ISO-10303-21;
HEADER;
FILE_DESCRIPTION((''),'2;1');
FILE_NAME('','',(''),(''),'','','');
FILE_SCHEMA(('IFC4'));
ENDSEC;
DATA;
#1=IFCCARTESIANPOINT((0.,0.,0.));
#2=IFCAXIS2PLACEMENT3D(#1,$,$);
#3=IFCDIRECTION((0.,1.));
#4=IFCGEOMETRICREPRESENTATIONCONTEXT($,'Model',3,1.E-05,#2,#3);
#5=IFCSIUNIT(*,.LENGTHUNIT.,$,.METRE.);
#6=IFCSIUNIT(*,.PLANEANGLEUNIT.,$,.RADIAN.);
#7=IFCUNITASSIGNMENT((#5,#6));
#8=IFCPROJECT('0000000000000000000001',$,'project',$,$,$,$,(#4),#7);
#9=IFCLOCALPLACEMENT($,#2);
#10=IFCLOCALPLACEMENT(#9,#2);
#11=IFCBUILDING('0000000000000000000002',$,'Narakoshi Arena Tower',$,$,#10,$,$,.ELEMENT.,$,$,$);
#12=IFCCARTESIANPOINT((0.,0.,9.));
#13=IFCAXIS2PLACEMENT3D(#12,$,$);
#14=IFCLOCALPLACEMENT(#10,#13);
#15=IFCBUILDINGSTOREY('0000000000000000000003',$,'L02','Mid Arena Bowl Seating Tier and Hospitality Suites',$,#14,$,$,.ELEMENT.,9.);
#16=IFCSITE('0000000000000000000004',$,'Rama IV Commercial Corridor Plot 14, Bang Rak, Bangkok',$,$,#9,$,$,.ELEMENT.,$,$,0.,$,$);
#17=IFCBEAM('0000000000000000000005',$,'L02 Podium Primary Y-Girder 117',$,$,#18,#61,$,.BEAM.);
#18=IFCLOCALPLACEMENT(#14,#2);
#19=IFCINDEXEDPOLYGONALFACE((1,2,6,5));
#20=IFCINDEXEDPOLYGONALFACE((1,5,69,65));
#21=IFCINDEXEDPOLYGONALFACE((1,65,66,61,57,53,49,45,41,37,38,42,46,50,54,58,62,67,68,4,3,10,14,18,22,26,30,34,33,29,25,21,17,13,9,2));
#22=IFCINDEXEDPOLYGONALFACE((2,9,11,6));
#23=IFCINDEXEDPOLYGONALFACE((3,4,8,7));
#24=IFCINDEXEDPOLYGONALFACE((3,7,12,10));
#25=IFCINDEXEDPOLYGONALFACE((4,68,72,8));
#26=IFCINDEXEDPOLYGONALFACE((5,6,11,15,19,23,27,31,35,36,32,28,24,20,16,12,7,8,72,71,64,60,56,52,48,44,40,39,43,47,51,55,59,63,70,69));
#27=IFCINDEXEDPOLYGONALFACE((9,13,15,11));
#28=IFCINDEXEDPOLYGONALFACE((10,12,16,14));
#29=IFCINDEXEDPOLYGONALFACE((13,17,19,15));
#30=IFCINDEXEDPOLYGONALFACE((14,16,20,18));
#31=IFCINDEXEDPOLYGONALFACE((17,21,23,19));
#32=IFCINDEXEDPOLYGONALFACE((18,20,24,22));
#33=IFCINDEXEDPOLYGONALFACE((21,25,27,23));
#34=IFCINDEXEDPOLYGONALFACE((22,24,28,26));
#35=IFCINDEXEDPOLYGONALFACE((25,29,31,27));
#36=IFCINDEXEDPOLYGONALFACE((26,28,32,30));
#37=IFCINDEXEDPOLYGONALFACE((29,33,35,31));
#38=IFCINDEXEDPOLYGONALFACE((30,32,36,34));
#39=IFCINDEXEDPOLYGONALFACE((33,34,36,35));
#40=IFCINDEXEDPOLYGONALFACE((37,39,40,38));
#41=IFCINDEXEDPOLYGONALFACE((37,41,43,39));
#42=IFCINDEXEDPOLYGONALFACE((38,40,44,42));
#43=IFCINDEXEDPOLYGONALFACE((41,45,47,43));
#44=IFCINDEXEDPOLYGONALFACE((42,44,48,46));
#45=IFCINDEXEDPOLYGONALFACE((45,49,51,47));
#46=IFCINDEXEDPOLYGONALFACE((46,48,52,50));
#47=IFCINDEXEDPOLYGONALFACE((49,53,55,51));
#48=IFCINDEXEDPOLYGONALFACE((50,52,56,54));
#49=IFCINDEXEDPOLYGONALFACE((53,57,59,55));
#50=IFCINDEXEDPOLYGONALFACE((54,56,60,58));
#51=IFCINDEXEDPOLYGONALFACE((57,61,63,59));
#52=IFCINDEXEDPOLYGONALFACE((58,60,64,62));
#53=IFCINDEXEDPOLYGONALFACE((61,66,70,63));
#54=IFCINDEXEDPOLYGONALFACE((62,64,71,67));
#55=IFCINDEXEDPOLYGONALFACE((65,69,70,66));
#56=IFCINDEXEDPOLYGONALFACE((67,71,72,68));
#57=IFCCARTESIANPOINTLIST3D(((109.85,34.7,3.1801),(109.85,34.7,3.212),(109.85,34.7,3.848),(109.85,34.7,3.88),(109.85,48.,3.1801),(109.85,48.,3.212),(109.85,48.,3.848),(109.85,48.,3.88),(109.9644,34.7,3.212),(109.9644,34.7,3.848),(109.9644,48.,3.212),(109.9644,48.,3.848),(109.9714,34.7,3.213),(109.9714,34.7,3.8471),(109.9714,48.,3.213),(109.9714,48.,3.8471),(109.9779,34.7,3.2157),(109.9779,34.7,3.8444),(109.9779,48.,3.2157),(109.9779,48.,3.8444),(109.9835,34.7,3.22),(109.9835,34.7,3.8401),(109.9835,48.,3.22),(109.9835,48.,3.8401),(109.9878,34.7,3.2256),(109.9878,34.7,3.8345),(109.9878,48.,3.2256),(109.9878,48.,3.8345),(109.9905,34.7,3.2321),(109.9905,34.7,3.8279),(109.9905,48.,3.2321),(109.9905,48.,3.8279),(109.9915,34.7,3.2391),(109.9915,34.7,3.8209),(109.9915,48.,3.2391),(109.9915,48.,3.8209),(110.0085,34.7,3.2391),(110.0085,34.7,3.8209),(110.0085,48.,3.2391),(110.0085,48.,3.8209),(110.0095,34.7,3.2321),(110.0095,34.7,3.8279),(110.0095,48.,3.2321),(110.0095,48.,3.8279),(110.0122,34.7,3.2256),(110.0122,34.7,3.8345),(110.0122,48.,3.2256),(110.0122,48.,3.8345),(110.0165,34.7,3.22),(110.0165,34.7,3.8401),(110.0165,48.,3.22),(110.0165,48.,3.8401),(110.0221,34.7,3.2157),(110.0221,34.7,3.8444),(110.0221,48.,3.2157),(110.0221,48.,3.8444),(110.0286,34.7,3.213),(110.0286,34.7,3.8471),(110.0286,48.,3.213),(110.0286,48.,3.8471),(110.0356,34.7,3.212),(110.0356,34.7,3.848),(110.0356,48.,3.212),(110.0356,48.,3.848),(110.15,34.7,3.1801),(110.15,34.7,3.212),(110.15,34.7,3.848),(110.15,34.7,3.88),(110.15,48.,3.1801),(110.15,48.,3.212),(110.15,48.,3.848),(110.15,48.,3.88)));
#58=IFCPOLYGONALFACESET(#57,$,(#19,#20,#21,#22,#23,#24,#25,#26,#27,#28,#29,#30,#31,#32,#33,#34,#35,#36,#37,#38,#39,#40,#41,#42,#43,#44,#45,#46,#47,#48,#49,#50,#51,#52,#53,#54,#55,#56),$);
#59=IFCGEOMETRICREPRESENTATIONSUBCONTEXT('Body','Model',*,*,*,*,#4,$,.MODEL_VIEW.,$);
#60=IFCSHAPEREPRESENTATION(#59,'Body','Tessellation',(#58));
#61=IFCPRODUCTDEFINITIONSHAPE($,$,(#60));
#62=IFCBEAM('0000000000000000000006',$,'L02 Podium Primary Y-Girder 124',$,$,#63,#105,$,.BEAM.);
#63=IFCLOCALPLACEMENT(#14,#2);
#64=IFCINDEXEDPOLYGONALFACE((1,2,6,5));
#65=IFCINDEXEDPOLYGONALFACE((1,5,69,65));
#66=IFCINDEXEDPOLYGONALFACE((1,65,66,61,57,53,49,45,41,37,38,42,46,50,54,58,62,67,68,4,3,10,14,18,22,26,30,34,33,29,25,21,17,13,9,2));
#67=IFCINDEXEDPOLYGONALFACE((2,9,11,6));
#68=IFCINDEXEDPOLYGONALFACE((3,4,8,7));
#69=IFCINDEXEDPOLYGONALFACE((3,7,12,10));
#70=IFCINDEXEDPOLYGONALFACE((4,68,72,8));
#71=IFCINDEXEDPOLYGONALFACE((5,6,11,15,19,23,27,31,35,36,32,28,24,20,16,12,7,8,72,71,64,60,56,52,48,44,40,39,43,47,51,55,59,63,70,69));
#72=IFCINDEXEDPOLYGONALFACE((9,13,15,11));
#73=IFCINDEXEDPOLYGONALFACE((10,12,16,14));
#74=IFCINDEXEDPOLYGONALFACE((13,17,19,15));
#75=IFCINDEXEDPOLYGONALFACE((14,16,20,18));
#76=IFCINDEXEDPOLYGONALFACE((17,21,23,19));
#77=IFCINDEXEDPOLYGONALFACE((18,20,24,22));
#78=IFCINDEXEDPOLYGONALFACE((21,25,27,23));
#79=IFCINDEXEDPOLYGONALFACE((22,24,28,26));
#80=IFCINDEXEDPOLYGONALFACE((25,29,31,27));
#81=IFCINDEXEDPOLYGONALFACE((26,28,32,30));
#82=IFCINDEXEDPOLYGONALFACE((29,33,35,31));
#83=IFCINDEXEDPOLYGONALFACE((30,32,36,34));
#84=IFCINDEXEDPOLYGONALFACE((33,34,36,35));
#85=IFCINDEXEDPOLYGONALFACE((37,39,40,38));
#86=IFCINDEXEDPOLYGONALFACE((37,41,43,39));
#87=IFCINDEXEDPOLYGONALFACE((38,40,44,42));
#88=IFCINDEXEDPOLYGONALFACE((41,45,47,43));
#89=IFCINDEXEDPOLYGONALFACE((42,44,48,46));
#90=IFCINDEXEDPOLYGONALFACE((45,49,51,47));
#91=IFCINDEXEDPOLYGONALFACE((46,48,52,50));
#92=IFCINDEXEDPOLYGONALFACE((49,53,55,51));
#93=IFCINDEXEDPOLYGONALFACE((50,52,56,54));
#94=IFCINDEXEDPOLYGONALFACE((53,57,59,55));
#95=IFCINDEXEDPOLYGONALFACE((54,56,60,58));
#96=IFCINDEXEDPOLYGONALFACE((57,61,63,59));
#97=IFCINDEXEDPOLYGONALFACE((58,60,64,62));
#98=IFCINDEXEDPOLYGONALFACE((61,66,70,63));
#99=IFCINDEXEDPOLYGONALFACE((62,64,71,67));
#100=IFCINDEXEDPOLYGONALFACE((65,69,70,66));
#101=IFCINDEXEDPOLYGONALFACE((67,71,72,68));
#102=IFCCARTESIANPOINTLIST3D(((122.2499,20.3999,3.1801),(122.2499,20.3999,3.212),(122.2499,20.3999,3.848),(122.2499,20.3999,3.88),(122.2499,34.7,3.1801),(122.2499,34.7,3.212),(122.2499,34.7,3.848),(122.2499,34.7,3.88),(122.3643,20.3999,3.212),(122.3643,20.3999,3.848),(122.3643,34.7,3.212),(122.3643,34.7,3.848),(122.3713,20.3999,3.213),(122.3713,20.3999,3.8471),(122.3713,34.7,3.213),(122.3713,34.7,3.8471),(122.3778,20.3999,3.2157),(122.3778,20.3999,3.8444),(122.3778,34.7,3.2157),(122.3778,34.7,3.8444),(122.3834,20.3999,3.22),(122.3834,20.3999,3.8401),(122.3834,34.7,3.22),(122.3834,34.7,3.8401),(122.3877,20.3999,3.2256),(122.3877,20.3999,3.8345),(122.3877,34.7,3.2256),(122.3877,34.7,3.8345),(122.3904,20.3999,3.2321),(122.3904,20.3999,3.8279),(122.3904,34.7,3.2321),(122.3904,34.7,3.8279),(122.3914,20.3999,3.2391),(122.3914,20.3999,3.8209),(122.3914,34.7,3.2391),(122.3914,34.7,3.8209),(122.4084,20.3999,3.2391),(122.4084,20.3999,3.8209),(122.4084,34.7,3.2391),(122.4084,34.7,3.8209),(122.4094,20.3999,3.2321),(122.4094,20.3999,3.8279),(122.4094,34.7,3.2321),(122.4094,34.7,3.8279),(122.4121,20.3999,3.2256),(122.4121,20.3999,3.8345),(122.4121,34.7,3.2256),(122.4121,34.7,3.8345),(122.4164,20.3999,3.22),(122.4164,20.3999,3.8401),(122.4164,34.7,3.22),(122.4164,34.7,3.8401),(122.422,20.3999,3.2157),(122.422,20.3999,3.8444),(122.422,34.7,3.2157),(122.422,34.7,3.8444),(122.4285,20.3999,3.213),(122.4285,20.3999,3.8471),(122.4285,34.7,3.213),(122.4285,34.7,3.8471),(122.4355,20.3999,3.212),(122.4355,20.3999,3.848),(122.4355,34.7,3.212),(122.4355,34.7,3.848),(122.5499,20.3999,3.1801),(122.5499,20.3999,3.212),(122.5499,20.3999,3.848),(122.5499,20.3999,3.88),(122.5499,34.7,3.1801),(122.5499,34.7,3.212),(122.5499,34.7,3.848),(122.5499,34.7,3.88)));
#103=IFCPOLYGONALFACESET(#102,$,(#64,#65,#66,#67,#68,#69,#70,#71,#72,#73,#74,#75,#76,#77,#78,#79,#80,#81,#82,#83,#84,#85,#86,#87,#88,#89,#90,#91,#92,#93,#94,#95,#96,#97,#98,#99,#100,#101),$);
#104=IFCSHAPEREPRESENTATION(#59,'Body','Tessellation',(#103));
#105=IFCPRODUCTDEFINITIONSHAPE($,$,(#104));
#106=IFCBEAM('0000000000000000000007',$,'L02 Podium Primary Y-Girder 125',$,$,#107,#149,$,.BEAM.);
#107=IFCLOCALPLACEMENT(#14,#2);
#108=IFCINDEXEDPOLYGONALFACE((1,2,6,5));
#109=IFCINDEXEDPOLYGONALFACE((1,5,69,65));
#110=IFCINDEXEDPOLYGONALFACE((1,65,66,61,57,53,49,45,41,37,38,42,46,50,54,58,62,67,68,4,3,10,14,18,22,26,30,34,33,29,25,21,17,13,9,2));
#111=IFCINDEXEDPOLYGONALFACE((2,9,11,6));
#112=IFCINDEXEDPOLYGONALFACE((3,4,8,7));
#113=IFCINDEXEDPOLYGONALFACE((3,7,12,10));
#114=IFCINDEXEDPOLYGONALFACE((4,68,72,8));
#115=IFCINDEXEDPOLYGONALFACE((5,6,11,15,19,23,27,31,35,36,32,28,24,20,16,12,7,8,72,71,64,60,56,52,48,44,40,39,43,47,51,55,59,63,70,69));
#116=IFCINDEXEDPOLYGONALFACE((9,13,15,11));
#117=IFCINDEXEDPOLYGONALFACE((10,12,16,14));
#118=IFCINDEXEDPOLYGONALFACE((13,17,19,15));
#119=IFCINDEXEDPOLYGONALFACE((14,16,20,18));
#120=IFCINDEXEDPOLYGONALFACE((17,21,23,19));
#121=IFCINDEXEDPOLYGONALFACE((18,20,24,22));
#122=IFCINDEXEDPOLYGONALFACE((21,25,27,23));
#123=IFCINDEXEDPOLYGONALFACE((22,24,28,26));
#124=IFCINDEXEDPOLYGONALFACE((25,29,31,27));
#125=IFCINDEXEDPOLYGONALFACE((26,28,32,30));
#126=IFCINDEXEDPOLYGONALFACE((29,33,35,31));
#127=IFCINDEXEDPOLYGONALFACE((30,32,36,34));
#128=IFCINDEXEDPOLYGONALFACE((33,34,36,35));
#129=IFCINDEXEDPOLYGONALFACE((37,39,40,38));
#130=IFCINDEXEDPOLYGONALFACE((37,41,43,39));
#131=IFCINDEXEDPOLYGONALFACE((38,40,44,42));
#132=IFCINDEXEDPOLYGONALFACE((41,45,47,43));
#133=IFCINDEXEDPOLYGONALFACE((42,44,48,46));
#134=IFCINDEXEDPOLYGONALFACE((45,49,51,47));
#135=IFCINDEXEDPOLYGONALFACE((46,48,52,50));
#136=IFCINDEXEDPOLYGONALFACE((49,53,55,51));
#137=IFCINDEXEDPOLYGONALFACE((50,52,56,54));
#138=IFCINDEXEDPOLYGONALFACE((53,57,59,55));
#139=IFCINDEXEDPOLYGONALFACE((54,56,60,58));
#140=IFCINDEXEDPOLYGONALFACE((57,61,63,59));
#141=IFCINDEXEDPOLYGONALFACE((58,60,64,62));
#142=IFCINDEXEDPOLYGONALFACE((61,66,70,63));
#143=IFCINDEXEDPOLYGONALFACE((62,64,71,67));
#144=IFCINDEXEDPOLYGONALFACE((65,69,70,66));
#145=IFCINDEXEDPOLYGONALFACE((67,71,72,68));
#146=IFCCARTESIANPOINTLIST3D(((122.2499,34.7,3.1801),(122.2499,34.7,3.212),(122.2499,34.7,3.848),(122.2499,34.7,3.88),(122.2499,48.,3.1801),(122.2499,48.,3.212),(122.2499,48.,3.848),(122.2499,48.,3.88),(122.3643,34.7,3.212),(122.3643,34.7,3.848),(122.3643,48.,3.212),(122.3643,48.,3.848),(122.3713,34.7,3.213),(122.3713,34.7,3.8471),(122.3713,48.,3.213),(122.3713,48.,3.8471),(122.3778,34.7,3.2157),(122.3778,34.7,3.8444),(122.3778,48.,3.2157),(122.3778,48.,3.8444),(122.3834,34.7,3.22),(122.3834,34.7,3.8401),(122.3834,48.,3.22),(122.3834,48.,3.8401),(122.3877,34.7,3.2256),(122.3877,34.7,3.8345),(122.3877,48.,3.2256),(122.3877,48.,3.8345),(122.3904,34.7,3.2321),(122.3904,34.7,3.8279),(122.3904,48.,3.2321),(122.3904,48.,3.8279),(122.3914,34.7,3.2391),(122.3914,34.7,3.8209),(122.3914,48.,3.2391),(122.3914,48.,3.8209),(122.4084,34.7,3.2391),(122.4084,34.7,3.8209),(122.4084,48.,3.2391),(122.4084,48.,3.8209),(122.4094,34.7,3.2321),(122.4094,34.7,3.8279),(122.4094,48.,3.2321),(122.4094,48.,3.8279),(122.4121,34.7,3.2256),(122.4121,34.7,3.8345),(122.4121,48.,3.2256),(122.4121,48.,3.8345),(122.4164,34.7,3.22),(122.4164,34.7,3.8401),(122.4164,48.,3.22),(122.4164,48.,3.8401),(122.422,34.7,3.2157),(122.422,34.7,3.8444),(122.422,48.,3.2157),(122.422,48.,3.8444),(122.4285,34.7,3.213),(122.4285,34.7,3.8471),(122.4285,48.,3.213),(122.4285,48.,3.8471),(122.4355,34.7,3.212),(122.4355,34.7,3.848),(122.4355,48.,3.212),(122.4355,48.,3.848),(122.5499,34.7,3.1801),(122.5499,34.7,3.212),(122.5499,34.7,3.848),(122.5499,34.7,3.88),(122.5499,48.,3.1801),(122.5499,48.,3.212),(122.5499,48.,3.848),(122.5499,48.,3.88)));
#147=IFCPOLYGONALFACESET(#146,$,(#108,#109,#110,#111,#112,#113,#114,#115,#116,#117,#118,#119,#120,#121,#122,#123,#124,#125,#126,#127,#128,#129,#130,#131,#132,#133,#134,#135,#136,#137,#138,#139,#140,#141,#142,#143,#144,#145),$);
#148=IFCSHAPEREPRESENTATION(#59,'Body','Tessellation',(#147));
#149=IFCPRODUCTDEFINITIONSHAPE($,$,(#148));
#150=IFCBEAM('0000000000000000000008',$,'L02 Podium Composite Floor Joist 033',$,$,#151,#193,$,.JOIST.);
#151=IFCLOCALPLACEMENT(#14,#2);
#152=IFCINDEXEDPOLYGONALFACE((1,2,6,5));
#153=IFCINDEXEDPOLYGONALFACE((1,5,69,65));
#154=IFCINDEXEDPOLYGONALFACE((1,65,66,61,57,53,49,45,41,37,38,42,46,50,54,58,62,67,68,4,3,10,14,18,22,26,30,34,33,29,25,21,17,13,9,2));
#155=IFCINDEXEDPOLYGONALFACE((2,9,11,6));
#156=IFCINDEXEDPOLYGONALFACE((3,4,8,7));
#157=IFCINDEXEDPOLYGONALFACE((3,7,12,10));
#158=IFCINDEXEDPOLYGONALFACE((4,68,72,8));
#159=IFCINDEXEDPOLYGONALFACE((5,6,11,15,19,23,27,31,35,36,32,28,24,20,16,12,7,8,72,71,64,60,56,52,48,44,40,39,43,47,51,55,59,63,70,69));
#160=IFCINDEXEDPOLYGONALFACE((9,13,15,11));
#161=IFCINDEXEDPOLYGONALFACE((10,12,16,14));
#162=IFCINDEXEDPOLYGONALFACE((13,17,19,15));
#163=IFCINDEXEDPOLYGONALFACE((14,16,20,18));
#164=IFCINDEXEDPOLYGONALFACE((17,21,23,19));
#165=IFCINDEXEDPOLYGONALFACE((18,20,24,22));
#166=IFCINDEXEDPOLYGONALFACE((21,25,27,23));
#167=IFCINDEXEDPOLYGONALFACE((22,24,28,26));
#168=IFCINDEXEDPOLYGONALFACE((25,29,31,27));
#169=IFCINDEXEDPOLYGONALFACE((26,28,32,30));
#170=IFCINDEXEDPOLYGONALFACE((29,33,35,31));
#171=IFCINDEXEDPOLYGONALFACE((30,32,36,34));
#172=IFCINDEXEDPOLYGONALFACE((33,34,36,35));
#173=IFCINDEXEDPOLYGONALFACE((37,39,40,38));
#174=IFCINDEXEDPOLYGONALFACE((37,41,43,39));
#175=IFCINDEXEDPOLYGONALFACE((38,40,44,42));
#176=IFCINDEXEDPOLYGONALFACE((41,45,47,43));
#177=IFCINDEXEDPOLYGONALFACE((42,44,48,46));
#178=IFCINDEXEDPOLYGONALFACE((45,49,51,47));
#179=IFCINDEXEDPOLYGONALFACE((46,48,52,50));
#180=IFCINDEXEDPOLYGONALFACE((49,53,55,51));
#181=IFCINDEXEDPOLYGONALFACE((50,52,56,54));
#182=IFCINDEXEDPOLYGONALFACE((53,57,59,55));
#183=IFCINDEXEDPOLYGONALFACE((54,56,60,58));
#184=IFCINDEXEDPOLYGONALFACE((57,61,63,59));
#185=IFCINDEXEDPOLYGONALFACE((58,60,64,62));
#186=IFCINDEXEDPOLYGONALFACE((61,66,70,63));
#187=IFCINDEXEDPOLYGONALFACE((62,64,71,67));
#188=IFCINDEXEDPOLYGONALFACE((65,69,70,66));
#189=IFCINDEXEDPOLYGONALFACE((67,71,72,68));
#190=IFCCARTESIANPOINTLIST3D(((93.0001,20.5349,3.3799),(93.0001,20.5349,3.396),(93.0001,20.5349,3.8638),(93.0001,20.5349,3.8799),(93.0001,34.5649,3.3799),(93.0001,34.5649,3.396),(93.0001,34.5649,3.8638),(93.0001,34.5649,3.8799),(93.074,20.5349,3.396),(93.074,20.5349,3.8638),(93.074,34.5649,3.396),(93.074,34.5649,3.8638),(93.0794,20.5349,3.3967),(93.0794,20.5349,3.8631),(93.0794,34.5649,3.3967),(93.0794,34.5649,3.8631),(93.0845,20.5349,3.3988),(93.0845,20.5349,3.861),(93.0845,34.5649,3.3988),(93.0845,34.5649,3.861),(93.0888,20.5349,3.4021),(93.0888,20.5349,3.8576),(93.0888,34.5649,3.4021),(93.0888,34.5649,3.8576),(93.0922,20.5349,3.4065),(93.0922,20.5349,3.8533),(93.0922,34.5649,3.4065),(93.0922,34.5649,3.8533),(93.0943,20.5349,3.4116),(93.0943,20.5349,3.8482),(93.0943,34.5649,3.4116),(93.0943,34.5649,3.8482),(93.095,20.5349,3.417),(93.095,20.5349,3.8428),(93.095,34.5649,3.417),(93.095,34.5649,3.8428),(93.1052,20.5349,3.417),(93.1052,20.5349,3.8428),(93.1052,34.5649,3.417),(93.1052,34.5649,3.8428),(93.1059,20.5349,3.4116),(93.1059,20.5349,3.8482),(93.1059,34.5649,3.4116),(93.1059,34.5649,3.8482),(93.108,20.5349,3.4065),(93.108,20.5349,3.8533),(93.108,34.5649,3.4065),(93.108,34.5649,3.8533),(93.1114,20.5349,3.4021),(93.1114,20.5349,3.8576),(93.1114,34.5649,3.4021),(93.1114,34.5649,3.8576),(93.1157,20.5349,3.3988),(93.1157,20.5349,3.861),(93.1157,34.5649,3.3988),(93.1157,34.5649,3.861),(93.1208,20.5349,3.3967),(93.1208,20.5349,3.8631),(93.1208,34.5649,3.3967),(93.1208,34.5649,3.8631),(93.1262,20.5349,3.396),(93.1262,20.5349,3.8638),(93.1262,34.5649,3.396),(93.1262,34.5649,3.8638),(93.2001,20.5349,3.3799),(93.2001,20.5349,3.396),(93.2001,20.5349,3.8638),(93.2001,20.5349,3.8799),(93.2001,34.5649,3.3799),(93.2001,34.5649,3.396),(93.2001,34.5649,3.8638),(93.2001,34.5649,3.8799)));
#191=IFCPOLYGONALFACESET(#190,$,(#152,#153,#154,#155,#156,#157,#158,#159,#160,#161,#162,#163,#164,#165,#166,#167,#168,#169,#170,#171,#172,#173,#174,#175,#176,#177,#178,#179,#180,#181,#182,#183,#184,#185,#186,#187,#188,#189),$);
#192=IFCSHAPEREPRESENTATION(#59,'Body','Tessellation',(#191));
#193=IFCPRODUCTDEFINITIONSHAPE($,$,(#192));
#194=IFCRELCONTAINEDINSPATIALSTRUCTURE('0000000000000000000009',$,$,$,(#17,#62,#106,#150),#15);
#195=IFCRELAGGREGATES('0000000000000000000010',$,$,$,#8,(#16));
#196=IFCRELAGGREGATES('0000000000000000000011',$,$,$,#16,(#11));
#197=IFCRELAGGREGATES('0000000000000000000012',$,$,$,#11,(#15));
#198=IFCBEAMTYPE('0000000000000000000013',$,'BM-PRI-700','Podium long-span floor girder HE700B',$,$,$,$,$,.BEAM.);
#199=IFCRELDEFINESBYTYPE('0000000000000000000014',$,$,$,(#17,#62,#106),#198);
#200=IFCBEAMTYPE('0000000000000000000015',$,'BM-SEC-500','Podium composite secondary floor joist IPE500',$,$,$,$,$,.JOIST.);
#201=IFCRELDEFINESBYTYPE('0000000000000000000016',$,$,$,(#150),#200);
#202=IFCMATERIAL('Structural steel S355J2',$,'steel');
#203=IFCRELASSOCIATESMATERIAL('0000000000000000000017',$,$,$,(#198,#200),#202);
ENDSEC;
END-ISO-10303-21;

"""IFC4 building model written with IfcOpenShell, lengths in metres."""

from ifc_helpers import new_model, si_unit, direction, frame, origin, origin_2d, place, context, subcontext, project, spatial, i_section, extrude, material, material_profile, profile_set, type_object, element, save


model = new_model("IFC4")

# Units and contexts
model_context = context("Model", 3, precision=1e-05, world=origin(), true_north=direction((0.0, 1.0)))
body_context = subcontext(model_context, "Body", "Model", "MODEL_VIEW")
ifc_project = project(units=[si_unit("LENGTHUNIT", "METRE"), si_unit("PLANEANGLEUNIT", "RADIAN")], contexts=[model_context])

# Site, building, storey
site_placement = place(None, origin())
site = spatial("IfcSite", under=ifc_project, at=site_placement, Name="Rama IV Commercial Corridor Plot 14, Bang Rak, Bangkok", CompositionType="ELEMENT", RefElevation=0.0)
building_placement = place(site_placement, origin())
building = spatial("IfcBuilding", under=site, at=building_placement, Name="Narakoshi Arena Tower", CompositionType="ELEMENT")
storey_placement = place(building_placement, frame((0.0, 0.0, 9.0)))
storey = spatial("IfcBuildingStorey", under=building, at=storey_placement, Name="L02", Description="Mid Arena Bowl Seating Tier and Hospitality Suites", CompositionType="ELEMENT", Elevation=9.0)

# Beams
ifc_material_1 = material(Name="Structural steel S355J2", Category="steel")
ifc_material_profile_1 = material_profile(ifc_material_1, i_section(OverallWidth=0.3, OverallDepth=0.7, WebThickness=0.0171, FlangeThickness=0.032, FilletRadius=0.0271, at=origin_2d()), Name="HE700B")
ifc_profile_set_1 = profile_set([ifc_material_profile_1], Name="Structural steel S355J2")
beam_type_1 = type_object("IfcBeamType", Name="BM-PRI-700", Description="Podium long-span floor girder HE700B", PredefinedType="BEAM", material=ifc_profile_set_1)
beam_1_placement = place(storey_placement, frame((110.0, 34.7, 3.53), z_axis=(0.0, 1.0, 0.0), x_axis=(-1.0, 0.0, 0.0)))
element("IfcBeam", 1, at=beam_1_placement, inside=storey, type_object=beam_type_1, Name="L02 Podium Primary Y-Girder 117", PredefinedType="BEAM", context=body_context, shape_type="SweptSolid", body=[
    extrude(i_section(OverallWidth=0.3, OverallDepth=0.7, WebThickness=0.0171, FlangeThickness=0.032, FilletRadius=0.0271, at=origin_2d()), origin(), (0.0, 0.0, 1.0), 13.3),
])
beam_2_placement = place(storey_placement, frame((122.3999, 20.3999, 3.53), z_axis=(0.0, 1.0, 0.0), x_axis=(-1.0, 0.0, 0.0)))
element("IfcBeam", 2, at=beam_2_placement, inside=storey, type_object=beam_type_1, Name="L02 Podium Primary Y-Girder 124", PredefinedType="BEAM", context=body_context, shape_type="SweptSolid", body=[
    extrude(i_section(OverallWidth=0.3, OverallDepth=0.7, WebThickness=0.0171, FlangeThickness=0.032, FilletRadius=0.0271, at=origin_2d()), origin(), (0.0, 0.0, 1.0), 14.3),
])
beam_3_placement = place(storey_placement, frame((122.3999, 34.7, 3.53), z_axis=(0.0, 1.0, 0.0), x_axis=(-1.0, 0.0, 0.0)))
element("IfcBeam", 3, at=beam_3_placement, inside=storey, type_object=beam_type_1, Name="L02 Podium Primary Y-Girder 125", PredefinedType="BEAM", context=body_context, shape_type="SweptSolid", body=[
    extrude(i_section(OverallWidth=0.3, OverallDepth=0.7, WebThickness=0.0171, FlangeThickness=0.032, FilletRadius=0.0271, at=origin_2d()), origin(), (0.0, 0.0, 1.0), 13.3),
])
ifc_material_profile_2 = material_profile(ifc_material_1, i_section(OverallWidth=0.2, OverallDepth=0.5, WebThickness=0.0103, FlangeThickness=0.0161, FilletRadius=0.021, at=origin_2d()), Name="IPE500")
ifc_profile_set_2 = profile_set([ifc_material_profile_2], Name="Structural steel S355J2")
beam_type_2 = type_object("IfcBeamType", Name="BM-SEC-500", Description="Podium composite secondary floor joist IPE500", PredefinedType="JOIST", material=ifc_profile_set_2)
beam_4_placement = place(storey_placement, frame((93.1001, 20.5349, 3.6299), z_axis=(0.0, 1.0, 0.0), x_axis=(-1.0, 0.0, 0.0)))
element("IfcBeam", 4, at=beam_4_placement, inside=storey, type_object=beam_type_2, Name="L02 Podium Composite Floor Joist 033", PredefinedType="JOIST", context=body_context, shape_type="SweptSolid", body=[
    extrude(i_section(OverallWidth=0.2, OverallDepth=0.5, WebThickness=0.0103, FlangeThickness=0.0161, FilletRadius=0.021, at=origin_2d()), origin(), (0.0, 0.0, 1.0), 14.03),
])

save(model, "model.ifc")
